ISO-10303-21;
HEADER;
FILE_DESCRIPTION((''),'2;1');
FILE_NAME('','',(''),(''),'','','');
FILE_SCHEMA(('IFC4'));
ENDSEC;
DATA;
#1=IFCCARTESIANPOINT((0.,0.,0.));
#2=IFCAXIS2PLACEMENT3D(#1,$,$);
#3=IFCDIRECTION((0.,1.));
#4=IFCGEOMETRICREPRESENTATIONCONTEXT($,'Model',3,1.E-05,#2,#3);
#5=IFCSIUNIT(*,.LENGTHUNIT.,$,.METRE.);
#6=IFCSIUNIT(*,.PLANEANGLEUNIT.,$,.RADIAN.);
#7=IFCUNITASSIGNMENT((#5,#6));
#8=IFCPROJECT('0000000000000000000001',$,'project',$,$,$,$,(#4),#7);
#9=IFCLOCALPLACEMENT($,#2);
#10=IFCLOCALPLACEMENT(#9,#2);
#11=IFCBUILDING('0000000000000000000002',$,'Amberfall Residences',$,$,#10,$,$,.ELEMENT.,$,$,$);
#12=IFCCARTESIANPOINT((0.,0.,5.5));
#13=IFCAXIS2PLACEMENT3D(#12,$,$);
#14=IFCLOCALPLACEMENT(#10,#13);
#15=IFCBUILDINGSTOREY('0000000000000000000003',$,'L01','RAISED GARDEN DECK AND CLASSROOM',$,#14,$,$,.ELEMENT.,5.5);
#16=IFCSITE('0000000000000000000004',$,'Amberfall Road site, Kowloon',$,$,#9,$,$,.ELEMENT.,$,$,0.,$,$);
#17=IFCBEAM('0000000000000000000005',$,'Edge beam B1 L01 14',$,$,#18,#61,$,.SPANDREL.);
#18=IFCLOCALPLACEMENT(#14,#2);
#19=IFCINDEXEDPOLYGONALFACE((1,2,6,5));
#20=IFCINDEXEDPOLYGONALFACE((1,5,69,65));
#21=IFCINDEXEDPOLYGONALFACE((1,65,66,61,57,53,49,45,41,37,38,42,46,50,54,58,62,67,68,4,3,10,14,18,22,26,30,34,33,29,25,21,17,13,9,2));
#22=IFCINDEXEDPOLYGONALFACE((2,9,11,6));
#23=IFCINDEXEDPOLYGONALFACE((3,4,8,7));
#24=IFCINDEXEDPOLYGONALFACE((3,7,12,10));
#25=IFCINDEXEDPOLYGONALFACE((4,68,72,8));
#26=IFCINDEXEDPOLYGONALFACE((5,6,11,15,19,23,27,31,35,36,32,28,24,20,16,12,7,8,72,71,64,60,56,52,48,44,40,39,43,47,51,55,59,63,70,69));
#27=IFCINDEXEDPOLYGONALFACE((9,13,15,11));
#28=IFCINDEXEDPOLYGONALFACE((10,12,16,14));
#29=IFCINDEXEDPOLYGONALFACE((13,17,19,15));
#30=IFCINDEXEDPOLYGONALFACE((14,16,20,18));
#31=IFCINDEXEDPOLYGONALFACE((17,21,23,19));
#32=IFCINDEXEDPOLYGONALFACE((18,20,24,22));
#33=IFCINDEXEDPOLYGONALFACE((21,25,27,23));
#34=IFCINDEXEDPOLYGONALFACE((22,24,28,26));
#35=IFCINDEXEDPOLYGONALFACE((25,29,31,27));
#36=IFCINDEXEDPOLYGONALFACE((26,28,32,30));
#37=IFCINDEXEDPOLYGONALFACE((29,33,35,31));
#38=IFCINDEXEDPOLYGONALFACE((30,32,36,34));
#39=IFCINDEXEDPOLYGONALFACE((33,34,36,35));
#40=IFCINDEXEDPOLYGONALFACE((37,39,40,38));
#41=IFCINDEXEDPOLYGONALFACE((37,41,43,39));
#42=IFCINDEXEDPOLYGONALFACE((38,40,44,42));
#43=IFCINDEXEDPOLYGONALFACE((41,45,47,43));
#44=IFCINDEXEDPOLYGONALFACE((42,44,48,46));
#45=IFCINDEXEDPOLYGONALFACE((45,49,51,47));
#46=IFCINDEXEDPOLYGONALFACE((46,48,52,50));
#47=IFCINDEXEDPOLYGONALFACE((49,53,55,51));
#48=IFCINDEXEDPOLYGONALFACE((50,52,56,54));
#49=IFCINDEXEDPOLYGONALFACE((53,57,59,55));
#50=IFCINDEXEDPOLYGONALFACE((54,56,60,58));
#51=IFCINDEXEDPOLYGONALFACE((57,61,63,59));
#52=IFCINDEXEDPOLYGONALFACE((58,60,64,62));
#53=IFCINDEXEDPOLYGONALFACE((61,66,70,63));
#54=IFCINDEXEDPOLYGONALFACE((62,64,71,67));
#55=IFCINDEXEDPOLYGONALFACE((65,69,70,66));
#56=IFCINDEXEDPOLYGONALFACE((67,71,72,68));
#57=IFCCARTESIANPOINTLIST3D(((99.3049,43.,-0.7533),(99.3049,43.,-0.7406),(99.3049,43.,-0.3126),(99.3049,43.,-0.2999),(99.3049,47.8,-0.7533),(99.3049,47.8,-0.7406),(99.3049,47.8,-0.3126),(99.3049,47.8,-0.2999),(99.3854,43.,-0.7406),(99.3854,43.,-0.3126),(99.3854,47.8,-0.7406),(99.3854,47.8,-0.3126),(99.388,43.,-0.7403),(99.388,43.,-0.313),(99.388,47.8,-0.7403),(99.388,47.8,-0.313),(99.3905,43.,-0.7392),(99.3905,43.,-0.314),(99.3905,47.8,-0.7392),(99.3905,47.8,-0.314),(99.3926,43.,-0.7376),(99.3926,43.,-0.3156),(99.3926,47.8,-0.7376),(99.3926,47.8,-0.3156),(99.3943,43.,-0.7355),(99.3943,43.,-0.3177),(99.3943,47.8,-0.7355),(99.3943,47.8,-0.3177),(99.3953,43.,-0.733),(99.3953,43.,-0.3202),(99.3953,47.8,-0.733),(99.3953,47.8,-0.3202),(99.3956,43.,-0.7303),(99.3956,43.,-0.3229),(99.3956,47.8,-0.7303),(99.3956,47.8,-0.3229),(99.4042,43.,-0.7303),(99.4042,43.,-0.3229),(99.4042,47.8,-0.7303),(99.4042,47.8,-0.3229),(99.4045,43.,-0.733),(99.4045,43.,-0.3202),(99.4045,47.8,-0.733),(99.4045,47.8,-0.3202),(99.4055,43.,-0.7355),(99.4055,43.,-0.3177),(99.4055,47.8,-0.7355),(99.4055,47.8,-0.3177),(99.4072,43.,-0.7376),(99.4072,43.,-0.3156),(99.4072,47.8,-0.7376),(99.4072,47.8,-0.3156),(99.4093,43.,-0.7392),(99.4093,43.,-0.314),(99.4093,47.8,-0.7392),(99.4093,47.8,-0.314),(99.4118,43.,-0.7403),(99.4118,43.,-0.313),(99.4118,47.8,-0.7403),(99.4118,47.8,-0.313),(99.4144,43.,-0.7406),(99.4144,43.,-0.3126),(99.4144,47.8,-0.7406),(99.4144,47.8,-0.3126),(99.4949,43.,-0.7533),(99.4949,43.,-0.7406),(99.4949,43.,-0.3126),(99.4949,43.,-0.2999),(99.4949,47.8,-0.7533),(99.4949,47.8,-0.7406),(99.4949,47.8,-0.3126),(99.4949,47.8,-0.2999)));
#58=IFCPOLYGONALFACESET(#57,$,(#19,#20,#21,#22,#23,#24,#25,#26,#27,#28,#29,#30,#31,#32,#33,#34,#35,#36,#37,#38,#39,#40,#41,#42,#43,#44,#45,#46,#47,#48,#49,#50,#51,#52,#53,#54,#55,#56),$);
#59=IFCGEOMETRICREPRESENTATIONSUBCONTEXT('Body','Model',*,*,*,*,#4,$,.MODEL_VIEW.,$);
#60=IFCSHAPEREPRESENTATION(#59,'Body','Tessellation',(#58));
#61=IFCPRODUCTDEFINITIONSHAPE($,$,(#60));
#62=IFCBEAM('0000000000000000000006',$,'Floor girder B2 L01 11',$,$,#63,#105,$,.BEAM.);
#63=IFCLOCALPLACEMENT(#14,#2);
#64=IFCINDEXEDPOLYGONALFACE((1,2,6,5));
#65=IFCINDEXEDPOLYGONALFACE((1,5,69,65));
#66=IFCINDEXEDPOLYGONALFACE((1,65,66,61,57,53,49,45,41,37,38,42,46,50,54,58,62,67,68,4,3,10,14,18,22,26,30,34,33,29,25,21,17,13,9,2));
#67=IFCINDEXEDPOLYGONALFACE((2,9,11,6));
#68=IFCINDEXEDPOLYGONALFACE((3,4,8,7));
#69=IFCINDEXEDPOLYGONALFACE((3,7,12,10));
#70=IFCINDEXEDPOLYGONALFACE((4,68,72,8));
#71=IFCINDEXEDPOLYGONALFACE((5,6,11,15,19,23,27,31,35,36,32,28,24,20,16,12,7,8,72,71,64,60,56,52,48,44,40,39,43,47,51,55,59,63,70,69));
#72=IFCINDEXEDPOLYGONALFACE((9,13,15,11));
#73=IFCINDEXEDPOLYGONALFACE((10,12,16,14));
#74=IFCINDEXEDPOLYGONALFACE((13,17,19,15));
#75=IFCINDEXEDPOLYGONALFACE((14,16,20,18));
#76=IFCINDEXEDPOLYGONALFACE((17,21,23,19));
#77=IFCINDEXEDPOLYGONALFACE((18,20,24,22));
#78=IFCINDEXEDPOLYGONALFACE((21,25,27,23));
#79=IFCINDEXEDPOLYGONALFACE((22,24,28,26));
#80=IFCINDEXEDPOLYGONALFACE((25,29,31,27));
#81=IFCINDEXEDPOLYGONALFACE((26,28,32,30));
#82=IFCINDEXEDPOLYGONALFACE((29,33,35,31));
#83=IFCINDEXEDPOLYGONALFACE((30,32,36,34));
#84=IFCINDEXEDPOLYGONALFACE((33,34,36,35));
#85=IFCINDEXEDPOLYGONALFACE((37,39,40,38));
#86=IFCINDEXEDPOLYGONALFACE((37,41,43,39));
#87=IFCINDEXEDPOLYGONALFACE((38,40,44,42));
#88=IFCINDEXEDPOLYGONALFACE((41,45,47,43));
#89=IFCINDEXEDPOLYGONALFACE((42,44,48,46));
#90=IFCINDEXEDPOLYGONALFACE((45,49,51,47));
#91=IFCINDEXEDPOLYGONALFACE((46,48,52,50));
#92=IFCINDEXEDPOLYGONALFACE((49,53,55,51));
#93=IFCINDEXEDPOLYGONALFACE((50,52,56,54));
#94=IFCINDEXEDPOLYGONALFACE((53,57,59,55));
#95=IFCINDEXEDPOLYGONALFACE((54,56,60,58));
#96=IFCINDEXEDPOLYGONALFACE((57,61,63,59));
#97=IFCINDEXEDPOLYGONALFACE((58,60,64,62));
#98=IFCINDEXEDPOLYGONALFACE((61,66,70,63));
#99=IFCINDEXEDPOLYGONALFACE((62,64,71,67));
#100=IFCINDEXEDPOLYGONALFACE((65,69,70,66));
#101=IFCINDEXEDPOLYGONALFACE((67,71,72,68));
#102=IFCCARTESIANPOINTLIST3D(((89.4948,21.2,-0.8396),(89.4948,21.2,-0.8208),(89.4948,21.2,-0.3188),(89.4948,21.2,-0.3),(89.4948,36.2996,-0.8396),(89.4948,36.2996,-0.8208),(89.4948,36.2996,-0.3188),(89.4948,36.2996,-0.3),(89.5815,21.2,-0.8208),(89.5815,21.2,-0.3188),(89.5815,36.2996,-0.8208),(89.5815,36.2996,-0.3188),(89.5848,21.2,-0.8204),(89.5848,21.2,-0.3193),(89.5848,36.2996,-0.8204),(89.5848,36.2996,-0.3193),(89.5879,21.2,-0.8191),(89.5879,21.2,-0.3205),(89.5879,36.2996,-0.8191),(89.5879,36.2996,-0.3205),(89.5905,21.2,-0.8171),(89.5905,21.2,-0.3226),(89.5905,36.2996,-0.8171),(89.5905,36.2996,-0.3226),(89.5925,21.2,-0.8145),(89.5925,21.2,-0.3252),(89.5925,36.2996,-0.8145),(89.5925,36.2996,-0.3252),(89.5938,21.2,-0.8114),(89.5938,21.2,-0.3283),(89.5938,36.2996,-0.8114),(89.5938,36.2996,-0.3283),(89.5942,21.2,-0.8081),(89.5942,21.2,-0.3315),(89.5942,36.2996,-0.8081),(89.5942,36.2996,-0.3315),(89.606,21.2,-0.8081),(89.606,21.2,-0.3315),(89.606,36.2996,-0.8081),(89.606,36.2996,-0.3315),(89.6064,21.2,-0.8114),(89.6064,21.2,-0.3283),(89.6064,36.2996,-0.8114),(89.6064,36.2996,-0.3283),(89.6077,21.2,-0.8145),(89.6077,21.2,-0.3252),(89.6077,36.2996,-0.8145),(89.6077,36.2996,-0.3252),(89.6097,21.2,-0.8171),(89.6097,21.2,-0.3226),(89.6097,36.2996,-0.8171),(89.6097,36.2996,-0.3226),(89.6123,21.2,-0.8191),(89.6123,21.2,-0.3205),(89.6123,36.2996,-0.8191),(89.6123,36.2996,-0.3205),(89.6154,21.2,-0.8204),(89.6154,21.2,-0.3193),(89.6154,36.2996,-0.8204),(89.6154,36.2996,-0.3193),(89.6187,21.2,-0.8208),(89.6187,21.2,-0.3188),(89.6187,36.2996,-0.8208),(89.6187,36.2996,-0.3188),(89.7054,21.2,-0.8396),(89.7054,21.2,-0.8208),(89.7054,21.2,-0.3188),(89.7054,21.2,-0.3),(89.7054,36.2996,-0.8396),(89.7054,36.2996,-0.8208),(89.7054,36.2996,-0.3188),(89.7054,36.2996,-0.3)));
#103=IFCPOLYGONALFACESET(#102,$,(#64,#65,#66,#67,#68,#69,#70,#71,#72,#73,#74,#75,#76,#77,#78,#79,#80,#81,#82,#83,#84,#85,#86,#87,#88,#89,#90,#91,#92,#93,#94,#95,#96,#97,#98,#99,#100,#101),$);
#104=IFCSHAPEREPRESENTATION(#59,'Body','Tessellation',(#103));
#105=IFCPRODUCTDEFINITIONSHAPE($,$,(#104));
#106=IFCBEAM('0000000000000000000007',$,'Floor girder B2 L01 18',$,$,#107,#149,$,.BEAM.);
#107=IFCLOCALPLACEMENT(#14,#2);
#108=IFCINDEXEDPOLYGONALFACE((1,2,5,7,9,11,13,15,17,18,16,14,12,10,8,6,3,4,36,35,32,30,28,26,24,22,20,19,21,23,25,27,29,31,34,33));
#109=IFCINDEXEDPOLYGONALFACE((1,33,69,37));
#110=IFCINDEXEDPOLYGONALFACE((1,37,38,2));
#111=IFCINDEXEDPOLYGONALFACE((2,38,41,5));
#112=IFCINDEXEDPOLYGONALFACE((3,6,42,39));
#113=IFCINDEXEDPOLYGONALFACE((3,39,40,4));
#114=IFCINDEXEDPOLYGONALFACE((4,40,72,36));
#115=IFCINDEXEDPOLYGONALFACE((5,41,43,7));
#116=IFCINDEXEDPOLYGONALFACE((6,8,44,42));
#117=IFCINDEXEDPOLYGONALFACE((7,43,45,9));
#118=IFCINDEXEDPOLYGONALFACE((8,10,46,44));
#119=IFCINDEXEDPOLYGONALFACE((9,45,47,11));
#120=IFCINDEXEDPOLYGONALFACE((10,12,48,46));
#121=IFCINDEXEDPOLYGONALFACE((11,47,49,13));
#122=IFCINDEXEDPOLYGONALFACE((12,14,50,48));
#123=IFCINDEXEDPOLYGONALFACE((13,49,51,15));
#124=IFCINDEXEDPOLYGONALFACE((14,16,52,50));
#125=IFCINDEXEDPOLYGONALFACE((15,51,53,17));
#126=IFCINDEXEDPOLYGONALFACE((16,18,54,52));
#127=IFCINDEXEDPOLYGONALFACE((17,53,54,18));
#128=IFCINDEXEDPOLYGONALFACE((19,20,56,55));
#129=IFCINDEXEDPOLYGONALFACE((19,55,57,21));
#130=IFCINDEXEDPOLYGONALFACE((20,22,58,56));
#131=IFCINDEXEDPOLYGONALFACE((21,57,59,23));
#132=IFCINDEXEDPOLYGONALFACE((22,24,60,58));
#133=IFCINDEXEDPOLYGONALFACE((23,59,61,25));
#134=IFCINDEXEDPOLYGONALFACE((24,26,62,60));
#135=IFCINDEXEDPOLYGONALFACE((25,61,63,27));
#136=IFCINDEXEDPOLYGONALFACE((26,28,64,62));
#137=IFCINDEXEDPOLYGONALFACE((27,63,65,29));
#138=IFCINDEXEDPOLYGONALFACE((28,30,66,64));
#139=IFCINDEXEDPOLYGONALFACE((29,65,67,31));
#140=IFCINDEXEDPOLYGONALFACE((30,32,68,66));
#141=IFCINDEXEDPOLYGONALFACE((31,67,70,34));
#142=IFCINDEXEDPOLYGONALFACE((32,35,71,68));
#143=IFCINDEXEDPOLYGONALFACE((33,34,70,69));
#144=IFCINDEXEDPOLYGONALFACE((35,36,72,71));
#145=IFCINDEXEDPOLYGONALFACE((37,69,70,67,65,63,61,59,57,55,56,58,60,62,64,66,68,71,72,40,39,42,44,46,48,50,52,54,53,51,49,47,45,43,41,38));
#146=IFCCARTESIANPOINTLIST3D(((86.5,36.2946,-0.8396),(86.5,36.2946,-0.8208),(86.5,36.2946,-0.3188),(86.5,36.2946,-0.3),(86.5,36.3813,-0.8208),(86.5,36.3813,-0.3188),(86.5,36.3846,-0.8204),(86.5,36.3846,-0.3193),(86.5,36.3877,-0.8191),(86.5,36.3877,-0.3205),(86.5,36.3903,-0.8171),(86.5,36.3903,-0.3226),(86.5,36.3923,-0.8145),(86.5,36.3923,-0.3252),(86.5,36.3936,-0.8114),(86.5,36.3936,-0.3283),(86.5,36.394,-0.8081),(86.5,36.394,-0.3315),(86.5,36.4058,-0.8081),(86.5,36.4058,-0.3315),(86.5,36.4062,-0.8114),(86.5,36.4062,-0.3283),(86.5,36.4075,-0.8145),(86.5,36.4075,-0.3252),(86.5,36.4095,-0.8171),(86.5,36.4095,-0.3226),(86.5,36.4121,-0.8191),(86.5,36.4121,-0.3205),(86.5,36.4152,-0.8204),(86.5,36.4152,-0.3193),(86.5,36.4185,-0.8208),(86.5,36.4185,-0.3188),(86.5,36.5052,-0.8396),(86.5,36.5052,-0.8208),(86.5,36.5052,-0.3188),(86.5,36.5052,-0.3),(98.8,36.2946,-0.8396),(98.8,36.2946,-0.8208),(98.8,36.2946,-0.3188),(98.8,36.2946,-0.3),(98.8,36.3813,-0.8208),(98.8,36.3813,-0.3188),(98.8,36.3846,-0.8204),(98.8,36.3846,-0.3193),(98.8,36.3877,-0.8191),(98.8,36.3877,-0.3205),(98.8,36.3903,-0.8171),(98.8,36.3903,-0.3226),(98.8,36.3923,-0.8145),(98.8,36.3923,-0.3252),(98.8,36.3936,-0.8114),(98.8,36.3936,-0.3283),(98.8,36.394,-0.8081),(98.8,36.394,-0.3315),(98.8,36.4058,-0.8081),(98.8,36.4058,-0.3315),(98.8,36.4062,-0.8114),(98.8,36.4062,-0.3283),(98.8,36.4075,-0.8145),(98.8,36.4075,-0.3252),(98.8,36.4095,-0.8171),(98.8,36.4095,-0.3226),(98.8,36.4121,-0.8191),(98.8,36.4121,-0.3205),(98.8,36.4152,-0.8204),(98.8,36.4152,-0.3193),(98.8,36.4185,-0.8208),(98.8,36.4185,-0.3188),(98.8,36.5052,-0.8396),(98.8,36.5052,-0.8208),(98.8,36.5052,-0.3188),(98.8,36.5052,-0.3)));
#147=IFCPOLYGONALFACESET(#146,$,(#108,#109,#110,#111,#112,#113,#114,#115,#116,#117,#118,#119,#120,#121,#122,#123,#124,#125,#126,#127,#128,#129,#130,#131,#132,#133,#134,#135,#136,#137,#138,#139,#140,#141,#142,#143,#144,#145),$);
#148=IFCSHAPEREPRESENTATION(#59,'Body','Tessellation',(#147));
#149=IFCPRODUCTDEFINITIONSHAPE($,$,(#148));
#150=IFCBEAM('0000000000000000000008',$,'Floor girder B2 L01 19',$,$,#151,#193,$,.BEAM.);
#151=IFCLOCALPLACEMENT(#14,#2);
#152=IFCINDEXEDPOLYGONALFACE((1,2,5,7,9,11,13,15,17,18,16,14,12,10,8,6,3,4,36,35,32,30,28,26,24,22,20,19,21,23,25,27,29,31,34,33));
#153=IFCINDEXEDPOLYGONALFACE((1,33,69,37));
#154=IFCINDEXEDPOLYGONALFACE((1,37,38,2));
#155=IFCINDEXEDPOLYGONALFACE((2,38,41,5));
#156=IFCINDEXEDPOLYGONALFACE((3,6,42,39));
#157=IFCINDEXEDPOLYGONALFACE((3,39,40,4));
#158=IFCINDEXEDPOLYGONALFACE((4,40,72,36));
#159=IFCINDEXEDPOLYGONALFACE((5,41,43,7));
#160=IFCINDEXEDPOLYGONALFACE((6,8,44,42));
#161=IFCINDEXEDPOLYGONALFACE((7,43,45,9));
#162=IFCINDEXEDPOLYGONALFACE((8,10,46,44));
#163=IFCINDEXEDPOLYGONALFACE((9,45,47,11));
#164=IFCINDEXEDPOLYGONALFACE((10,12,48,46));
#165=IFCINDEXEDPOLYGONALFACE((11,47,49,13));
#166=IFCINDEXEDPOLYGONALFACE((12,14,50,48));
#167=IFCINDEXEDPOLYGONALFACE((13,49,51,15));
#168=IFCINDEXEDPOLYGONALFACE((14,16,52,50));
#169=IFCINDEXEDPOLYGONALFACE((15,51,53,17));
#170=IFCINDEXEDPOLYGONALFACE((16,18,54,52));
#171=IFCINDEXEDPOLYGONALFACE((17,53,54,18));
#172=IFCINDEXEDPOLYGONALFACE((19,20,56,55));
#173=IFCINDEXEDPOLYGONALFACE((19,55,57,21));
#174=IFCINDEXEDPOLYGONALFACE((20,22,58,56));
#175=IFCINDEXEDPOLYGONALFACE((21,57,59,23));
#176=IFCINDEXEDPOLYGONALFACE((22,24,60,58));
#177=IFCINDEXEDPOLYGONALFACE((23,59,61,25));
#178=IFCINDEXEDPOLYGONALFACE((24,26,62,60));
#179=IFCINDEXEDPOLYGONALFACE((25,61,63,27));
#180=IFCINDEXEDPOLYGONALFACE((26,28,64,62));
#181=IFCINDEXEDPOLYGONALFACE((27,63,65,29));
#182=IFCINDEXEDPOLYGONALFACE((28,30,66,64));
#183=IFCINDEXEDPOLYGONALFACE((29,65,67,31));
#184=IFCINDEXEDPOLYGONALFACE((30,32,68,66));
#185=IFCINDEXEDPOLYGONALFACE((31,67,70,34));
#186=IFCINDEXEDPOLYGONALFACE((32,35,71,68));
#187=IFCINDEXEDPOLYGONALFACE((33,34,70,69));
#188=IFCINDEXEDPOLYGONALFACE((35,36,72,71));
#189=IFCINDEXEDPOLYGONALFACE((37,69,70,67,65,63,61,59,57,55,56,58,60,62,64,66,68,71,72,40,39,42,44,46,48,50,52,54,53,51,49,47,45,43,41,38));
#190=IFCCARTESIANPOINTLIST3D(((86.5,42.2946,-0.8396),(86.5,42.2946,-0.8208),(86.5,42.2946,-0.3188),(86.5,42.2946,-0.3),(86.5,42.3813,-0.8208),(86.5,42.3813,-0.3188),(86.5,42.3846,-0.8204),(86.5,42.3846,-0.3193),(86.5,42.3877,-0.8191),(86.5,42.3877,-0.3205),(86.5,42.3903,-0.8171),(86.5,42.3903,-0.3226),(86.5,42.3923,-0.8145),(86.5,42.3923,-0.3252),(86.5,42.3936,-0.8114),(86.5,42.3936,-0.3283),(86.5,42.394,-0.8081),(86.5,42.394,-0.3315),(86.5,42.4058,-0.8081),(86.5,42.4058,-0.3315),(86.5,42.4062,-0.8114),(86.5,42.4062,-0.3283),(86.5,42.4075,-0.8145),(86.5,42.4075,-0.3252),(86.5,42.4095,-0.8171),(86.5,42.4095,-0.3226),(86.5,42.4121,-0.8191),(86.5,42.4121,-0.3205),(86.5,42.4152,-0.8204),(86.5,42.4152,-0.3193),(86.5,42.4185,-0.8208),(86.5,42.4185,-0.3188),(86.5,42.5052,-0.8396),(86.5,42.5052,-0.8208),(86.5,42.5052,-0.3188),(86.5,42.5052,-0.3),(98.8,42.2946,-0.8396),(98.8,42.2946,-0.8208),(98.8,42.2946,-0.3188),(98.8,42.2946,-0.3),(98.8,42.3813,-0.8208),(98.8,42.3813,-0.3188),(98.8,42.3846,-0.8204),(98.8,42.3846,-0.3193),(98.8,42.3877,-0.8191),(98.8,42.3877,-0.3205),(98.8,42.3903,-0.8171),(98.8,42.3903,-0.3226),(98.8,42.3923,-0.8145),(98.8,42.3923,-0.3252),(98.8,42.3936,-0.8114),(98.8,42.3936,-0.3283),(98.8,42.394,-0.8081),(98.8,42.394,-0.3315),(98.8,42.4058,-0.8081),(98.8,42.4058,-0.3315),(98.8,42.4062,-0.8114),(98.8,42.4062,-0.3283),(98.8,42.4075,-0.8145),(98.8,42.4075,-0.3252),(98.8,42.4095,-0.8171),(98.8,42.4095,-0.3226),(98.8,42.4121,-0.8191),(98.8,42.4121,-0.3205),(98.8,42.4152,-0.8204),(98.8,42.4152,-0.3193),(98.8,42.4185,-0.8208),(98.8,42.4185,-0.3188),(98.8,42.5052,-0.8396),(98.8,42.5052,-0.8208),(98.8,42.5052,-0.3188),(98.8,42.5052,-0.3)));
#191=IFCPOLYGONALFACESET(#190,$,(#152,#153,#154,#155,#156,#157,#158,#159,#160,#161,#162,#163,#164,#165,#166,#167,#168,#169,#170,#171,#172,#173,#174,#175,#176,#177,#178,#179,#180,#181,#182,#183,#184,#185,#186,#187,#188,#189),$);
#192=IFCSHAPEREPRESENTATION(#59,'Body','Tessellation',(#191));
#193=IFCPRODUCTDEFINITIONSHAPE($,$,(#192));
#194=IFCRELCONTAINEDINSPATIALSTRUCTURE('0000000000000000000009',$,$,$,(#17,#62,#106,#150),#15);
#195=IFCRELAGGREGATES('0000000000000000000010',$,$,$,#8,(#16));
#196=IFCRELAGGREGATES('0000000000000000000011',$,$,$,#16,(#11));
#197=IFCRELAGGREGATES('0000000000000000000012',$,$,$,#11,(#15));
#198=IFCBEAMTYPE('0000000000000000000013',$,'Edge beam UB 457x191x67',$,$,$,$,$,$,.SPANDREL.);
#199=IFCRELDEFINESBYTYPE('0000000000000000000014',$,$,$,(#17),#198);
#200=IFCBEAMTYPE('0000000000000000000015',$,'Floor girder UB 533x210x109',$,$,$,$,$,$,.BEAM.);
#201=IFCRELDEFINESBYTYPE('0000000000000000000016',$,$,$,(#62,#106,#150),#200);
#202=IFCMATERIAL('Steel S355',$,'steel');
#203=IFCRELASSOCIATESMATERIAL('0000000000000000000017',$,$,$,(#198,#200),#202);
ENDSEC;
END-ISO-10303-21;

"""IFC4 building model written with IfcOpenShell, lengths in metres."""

from ifc_helpers import new_model, si_unit, direction, frame, origin, origin_2d, place, context, subcontext, project, spatial, i_section, extrude, material, material_profile, profile_set, type_object, element, save


model = new_model("IFC4")

# Units and contexts
model_context = context("Model", 3, precision=1e-05, world=origin(), true_north=direction((0.0, 1.0)))
body_context = subcontext(model_context, "Body", "Model", "MODEL_VIEW")
ifc_project = project(units=[si_unit("LENGTHUNIT", "METRE"), si_unit("PLANEANGLEUNIT", "RADIAN")], contexts=[model_context])

# Site, building, storey
site_placement = place(None, origin())
site = spatial("IfcSite", under=ifc_project, at=site_placement, Name="Amberfall Road site, Kowloon", CompositionType="ELEMENT", RefElevation=0.0)
building_placement = place(site_placement, origin())
building = spatial("IfcBuilding", under=site, at=building_placement, Name="Amberfall Residences", CompositionType="ELEMENT")
storey_placement = place(building_placement, frame((0.0, 0.0, 5.5)))
storey = spatial("IfcBuildingStorey", under=building, at=storey_placement, Name="L01", Description="RAISED GARDEN DECK AND CLASSROOM", CompositionType="ELEMENT", Elevation=5.5)

# Beams
ifc_material_1 = material(Name="Steel S355", Category="steel")
ifc_material_profile_1 = material_profile(ifc_material_1, i_section(OverallWidth=0.1899, OverallDepth=0.4534, WebThickness=0.0085, FlangeThickness=0.0127, FilletRadius=0.0103, at=origin_2d()), Name="UB 457x191x67")
ifc_profile_set_1 = profile_set([ifc_material_profile_1], Name="Steel S355")
beam_type_1 = type_object("IfcBeamType", Name="Edge beam UB 457x191x67", PredefinedType="SPANDREL", material=ifc_profile_set_1)
for number, where, z_axis, x_axis, name in (
    (1, (99.3999, 43.0, -0.5266), (0.0, 1.0, 0.0), (-1.0, 0.0, 0.0), "Edge beam B1 L01 14"),
):
    element("IfcBeam", number, at=place(storey_placement, frame(where, z_axis=z_axis, x_axis=x_axis)), inside=storey, type_object=beam_type_1, Name=name, PredefinedType="SPANDREL", context=body_context, shape_type="SweptSolid", body=[
        extrude(i_section(OverallWidth=0.1899, OverallDepth=0.4534, WebThickness=0.0085, FlangeThickness=0.0127, FilletRadius=0.0103, at=origin_2d()), origin(), (0.0, 0.0, 1.0), 4.8),
    ])
ifc_material_profile_2 = material_profile(ifc_material_1, i_section(OverallWidth=0.2107, OverallDepth=0.5396, WebThickness=0.0117, FlangeThickness=0.0188, FilletRadius=0.0127, at=origin_2d()), Name="UB 533x210x109")
ifc_profile_set_2 = profile_set([ifc_material_profile_2], Name="Steel S355")
beam_type_2 = type_object("IfcBeamType", Name="Floor girder UB 533x210x109", PredefinedType="BEAM", material=ifc_profile_set_2)
beam_1_placement = place(storey_placement, frame((89.6001, 21.2, -0.5698), z_axis=(0.0, 1.0, 0.0), x_axis=(-1.0, 0.0, 0.0)))
element("IfcBeam", 2, at=beam_1_placement, inside=storey, type_object=beam_type_2, Name="Floor girder B2 L01 11", PredefinedType="BEAM", context=body_context, shape_type="SweptSolid", body=[
    extrude(i_section(OverallWidth=0.2107, OverallDepth=0.5396, WebThickness=0.0117, FlangeThickness=0.0188, FilletRadius=0.0127, at=origin_2d()), origin(), (0.0, 0.0, 1.0), 15.0996),
])
for number, where, z_axis, x_axis, name in (
    (3, (98.8, 36.3999, -0.5698), (-1.0, 0.0, 0.0), (0.0, -1.0, 0.0), "Floor girder B2 L01 18"),
    (4, (98.8, 42.3999, -0.5698), (-1.0, 0.0, 0.0), (0.0, -1.0, 0.0), "Floor girder B2 L01 19"),
):
    element("IfcBeam", number, at=place(storey_placement, frame(where, z_axis=z_axis, x_axis=x_axis)), inside=storey, type_object=beam_type_2, Name=name, PredefinedType="BEAM", context=body_context, shape_type="SweptSolid", body=[
        extrude(i_section(OverallWidth=0.2107, OverallDepth=0.5396, WebThickness=0.0117, FlangeThickness=0.0188, FilletRadius=0.0127, at=origin_2d()), origin(), (0.0, 0.0, 1.0), 12.3),
    ])

save(model, "model.ifc")
